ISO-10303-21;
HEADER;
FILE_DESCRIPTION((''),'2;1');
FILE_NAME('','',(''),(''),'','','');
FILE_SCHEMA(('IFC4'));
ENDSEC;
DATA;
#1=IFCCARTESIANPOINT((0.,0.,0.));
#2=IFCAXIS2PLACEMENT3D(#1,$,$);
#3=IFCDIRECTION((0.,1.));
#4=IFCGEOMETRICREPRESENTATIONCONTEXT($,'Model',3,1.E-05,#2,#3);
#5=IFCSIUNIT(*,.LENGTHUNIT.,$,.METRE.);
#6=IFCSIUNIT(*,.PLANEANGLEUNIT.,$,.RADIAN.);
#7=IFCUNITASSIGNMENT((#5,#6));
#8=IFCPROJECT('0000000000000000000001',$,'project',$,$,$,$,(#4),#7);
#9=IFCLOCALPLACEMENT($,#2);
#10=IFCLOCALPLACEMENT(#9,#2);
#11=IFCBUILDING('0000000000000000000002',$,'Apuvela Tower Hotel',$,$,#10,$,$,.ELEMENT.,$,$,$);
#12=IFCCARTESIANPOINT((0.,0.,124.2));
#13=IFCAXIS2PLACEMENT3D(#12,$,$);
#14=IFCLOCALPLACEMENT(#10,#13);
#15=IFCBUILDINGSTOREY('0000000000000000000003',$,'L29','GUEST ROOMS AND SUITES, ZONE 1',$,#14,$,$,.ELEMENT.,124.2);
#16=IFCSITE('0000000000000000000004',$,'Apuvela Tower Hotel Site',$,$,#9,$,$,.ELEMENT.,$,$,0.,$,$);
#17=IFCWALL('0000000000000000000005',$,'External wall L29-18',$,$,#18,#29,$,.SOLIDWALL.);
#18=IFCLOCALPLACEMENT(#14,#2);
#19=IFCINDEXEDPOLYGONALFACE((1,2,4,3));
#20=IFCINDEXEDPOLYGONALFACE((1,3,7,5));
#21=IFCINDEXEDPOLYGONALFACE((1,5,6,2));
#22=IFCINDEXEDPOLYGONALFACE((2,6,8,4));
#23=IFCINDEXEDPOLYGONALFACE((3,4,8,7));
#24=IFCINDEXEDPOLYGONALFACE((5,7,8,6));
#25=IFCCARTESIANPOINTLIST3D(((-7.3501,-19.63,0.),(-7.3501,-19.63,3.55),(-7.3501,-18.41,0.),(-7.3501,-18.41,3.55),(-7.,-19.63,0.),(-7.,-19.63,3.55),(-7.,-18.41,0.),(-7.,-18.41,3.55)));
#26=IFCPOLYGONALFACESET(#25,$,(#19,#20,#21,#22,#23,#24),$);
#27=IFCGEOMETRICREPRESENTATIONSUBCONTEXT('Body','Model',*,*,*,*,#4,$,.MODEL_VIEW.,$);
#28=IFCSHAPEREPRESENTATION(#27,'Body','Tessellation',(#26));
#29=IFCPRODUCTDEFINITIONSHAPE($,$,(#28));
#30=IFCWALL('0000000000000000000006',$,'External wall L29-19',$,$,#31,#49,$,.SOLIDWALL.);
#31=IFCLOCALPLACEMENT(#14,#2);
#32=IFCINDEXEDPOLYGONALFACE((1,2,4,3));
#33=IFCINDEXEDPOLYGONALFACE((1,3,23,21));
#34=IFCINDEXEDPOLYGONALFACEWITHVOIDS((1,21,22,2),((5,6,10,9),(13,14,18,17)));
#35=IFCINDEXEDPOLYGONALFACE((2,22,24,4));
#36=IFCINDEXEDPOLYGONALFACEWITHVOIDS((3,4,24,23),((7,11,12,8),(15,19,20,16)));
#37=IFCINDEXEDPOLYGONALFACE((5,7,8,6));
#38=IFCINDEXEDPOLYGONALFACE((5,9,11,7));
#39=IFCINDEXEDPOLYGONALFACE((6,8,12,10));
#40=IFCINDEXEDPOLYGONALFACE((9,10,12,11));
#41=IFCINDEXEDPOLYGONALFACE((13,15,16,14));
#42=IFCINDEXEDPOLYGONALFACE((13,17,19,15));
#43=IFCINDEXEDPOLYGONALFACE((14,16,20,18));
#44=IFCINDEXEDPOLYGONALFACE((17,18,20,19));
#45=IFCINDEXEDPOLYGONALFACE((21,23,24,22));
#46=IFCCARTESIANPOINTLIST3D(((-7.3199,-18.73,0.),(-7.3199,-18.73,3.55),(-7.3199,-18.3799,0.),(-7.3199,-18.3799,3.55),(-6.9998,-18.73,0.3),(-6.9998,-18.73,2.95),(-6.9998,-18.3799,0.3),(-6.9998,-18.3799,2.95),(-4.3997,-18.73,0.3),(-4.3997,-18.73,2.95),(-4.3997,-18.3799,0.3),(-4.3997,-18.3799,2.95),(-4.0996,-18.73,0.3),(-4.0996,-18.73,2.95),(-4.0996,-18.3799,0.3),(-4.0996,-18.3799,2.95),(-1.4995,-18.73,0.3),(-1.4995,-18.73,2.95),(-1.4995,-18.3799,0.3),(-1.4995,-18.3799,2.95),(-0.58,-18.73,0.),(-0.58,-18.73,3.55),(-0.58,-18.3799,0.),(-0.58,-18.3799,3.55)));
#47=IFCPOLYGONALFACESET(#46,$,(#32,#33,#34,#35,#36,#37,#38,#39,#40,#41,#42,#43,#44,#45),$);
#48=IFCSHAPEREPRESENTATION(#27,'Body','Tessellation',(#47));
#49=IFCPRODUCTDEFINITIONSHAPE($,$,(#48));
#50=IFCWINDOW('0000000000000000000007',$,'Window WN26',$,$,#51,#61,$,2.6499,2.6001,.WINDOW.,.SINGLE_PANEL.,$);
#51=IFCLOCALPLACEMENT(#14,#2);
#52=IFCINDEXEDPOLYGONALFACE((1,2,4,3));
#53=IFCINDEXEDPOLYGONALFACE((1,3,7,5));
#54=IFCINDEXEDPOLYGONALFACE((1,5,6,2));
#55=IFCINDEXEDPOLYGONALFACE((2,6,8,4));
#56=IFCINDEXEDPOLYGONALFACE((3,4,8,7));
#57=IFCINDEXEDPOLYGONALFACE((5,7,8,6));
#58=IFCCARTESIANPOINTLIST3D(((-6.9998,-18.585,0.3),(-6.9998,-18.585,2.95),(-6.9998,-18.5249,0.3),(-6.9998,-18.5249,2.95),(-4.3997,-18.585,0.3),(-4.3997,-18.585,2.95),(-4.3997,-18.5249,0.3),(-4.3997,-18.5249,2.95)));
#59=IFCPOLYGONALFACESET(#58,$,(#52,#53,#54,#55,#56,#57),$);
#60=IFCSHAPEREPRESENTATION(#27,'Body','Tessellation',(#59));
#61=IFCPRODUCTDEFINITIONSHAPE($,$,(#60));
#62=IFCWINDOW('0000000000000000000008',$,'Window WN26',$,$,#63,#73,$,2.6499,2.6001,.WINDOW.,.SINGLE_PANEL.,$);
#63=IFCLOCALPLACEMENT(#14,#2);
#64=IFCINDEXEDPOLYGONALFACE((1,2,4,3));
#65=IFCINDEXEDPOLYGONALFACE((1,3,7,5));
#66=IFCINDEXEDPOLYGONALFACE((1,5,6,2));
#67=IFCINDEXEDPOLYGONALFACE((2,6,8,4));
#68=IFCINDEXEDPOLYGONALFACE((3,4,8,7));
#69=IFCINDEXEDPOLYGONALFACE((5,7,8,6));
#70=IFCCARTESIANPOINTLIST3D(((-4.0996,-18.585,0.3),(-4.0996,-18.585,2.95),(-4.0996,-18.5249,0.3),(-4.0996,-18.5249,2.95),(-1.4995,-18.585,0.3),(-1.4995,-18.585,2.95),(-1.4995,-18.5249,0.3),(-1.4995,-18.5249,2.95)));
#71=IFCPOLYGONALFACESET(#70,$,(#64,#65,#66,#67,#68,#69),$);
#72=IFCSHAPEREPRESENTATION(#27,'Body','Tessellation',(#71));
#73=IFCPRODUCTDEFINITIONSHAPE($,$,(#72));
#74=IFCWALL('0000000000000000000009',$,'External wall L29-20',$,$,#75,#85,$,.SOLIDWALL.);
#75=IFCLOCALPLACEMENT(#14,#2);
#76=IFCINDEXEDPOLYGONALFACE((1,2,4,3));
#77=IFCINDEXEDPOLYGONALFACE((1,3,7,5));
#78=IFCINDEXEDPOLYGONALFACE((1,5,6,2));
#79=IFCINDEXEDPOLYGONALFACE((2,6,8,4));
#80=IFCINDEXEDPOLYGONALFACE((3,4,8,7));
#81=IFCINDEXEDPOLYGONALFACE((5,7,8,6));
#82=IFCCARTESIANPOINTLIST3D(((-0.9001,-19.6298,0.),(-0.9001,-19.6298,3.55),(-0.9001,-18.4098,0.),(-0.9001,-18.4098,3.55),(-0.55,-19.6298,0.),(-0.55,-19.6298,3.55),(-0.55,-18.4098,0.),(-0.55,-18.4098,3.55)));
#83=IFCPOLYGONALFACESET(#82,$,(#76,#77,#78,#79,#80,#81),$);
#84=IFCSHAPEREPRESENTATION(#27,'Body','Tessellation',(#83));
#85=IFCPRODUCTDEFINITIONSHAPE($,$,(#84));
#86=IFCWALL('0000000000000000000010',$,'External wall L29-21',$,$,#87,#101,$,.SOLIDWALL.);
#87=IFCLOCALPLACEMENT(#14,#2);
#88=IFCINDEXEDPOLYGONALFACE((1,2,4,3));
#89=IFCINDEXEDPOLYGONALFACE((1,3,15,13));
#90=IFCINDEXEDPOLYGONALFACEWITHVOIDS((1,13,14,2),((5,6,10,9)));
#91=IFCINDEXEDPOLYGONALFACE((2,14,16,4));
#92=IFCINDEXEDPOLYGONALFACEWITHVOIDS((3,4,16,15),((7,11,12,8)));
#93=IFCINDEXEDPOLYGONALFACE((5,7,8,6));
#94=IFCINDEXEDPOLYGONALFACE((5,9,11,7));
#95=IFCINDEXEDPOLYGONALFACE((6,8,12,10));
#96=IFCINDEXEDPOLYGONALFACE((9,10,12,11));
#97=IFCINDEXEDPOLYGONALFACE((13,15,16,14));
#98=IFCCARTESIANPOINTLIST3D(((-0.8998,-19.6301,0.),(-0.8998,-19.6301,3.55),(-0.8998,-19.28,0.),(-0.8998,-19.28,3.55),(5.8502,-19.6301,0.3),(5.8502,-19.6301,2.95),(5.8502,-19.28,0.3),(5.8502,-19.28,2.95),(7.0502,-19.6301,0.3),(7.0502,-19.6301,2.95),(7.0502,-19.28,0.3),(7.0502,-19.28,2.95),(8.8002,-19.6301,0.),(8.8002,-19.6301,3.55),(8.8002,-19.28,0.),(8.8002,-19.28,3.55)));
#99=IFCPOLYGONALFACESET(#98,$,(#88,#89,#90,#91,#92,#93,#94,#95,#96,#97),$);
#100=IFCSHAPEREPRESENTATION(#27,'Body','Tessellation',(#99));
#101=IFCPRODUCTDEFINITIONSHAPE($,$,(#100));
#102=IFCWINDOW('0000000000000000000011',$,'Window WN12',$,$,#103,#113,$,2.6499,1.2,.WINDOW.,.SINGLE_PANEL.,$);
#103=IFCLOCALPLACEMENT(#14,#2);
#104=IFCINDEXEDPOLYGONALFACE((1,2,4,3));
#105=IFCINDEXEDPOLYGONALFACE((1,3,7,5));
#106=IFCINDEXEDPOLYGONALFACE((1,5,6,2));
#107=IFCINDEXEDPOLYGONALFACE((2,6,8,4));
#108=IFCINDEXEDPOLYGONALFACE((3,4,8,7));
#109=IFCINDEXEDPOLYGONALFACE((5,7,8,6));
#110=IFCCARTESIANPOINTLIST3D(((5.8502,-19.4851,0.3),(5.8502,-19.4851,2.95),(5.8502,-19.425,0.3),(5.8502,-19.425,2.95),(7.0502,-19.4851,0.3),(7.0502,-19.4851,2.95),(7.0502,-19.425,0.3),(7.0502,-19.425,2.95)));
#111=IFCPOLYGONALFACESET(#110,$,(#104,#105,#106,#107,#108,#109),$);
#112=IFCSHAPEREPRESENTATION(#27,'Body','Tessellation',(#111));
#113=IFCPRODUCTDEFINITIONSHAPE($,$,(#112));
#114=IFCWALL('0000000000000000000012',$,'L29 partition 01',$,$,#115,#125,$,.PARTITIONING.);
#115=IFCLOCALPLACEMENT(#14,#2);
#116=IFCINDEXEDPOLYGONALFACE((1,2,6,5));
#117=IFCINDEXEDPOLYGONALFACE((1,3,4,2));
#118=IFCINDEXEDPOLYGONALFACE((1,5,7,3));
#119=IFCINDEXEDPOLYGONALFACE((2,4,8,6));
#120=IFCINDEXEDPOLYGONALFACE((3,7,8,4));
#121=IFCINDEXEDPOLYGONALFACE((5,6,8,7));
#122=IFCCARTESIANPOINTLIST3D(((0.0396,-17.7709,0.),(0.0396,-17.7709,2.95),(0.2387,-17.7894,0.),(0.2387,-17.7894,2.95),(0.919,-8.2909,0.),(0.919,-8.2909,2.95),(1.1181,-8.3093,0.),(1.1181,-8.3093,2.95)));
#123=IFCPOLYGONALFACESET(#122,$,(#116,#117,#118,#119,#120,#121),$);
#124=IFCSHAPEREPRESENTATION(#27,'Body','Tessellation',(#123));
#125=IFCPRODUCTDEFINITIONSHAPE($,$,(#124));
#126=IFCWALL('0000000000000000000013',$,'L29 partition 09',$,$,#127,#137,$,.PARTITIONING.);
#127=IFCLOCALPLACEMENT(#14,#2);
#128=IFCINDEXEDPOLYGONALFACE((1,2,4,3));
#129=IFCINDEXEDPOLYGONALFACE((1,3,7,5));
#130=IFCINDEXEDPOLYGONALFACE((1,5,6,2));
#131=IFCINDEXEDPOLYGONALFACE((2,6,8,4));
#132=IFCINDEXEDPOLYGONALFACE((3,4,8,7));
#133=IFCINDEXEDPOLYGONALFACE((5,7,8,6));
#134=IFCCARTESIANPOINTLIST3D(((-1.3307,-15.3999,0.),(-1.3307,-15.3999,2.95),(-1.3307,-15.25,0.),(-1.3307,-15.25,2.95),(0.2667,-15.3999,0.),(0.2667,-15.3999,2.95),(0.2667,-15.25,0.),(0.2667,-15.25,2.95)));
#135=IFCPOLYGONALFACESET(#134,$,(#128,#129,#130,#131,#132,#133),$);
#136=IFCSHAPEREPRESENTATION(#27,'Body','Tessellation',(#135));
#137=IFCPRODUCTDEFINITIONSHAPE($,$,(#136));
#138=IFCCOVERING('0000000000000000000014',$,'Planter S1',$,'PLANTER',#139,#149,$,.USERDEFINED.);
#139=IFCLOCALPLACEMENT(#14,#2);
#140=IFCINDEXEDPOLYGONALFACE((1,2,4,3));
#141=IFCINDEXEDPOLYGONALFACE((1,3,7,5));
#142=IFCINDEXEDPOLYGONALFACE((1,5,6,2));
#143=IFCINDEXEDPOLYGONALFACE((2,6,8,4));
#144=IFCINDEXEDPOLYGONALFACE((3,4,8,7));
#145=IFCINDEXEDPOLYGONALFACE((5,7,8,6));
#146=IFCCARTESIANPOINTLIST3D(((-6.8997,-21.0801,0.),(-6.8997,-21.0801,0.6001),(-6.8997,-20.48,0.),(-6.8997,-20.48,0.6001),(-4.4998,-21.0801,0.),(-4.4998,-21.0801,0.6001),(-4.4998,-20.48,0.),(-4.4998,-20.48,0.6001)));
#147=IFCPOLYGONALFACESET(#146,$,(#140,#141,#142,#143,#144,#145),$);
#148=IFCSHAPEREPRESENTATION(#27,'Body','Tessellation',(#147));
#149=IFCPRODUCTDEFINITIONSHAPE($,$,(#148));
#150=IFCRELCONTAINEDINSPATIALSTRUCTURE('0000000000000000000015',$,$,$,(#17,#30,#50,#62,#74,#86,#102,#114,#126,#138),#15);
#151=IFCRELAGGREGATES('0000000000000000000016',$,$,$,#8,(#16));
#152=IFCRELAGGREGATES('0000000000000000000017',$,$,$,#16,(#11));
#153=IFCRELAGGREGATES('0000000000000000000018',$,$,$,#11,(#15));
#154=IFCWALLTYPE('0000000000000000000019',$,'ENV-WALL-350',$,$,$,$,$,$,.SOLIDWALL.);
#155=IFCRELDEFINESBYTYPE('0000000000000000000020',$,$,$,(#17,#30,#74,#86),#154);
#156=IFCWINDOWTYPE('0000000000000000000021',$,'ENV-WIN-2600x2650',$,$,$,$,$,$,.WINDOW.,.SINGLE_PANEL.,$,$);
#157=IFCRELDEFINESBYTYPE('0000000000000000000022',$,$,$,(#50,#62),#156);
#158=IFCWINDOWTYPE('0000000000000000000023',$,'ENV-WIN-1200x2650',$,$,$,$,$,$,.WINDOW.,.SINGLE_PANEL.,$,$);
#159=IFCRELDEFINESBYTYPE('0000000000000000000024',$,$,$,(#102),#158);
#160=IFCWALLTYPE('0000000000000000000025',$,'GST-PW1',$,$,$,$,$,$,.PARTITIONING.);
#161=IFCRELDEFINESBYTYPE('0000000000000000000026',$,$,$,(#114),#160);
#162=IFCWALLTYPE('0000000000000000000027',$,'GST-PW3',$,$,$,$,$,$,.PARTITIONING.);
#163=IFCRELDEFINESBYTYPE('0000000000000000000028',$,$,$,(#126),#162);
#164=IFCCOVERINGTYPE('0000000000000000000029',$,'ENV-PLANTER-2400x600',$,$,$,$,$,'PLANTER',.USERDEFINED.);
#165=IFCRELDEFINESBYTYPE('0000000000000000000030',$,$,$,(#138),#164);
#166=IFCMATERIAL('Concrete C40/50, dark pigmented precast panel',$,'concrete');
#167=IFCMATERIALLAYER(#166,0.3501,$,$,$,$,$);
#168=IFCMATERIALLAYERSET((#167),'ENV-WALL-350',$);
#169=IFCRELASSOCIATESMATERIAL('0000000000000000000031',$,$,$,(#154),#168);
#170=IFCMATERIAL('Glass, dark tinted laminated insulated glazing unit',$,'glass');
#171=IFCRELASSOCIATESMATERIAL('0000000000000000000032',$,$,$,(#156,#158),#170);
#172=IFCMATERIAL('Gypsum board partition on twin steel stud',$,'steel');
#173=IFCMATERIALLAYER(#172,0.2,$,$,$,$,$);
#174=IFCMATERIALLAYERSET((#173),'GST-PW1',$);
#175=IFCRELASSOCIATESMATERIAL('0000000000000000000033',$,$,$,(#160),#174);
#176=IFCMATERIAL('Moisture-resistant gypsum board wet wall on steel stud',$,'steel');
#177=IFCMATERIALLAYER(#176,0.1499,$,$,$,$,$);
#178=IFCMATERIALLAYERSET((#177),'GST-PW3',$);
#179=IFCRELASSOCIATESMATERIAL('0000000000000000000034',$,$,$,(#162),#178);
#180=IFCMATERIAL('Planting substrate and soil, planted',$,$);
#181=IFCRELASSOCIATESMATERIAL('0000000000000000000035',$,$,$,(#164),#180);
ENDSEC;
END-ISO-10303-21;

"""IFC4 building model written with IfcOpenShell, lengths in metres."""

from ifc_helpers import new_model, si_unit, direction, frame, frame_2d, origin, origin_2d, place, context, subcontext, project, spatial, rectangle, extrude, material, layer, layer_set, type_object, element, fill, save


model = new_model("IFC4")

# Units and contexts
model_context = context("Model", 3, precision=1e-05, world=origin(), true_north=direction((0.0, 1.0)))
body_context = subcontext(model_context, "Body", "Model", "MODEL_VIEW")
ifc_project = project(units=[si_unit("LENGTHUNIT", "METRE"), si_unit("PLANEANGLEUNIT", "RADIAN")], contexts=[model_context])

# Site, building, storey
site_placement = place(None, origin())
site = spatial("IfcSite", under=ifc_project, at=site_placement, Name="Apuvela Tower Hotel Site", CompositionType="ELEMENT", RefElevation=0.0)
building_placement = place(site_placement, origin())
building = spatial("IfcBuilding", under=site, at=building_placement, Name="Apuvela Tower Hotel", CompositionType="ELEMENT")
storey_placement = place(building_placement, frame((0.0, 0.0, 124.2)))
storey = spatial("IfcBuildingStorey", under=building, at=storey_placement, Name="L29", Description="GUEST ROOMS AND SUITES, ZONE 1", CompositionType="ELEMENT", Elevation=124.2)

# Wall
ifc_material_1 = material(Name="Concrete C40/50, dark pigmented precast panel", Category="concrete")
ifc_layer_1 = layer(ifc_material_1, 0.3501)
ifc_layer_set_1 = layer_set([ifc_layer_1], Name="ENV-WALL-350")
wall_type_1 = type_object("IfcWallType", Name="ENV-WALL-350", PredefinedType="SOLIDWALL", material=ifc_layer_set_1)
wall_1_placement = place(storey_placement, frame((-7.175, -19.6299, 0.0), z_axis=(0.0, 0.0, 1.0), x_axis=(0.0, 1.0, 0.0)))
element("IfcWall", 1, at=wall_1_placement, inside=storey, type_object=wall_type_1, Name="External wall L29-18", PredefinedType="SOLIDWALL", context=body_context, shape_type="SweptSolid", body=[
    extrude(rectangle(XDim=1.22, YDim=0.3501, at=frame_2d((0.6099, 0.0))), origin(), (0.0, 0.0, 1.0), 3.55),
])

# Wall, openings, windows
wall_2_placement = place(storey_placement, frame((-7.3201, -18.5549, 0.0), z_axis=(0.0, 0.0, 1.0), x_axis=(1.0, 0.0, 0.0)))
wall_2 = element("IfcWall", 2, at=wall_2_placement, inside=storey, type_object=wall_type_1, Name="External wall L29-19", PredefinedType="SOLIDWALL", context=body_context, shape_type="SweptSolid", body=[
    extrude(rectangle(XDim=6.74, YDim=0.3501, at=frame_2d((3.3701, 0.0))), origin(), (0.0, 0.0, 1.0), 3.55),
])
opening_1_placement = place(wall_2_placement, frame((0.3203, 0.0, 0.3)))
opening_1 = element("IfcOpeningElement", 3, at=opening_1_placement, cuts=wall_2, PredefinedType="OPENING", context=body_context, shape_type="SweptSolid", body=[
    extrude(rectangle(XDim=2.6001, YDim=2.6499, at=frame_2d((1.3, 1.325))), frame((0.0, 0.1851, 0.0), z_axis=(0.0, -1.0, 0.0), x_axis=(1.0, 0.0, 0.0)), (0.0, 0.0, 1.0), 0.3701),
])
opening_2_placement = place(wall_2_placement, frame((3.2205, 0.0, 0.3)))
opening_2 = element("IfcOpeningElement", 4, at=opening_2_placement, cuts=wall_2, PredefinedType="OPENING", context=body_context, shape_type="SweptSolid", body=[
    extrude(rectangle(XDim=2.6001, YDim=2.6499, at=frame_2d((1.3, 1.325))), frame((0.0, 0.1851, 0.0), z_axis=(0.0, -1.0, 0.0), x_axis=(1.0, 0.0, 0.0)), (0.0, 0.0, 1.0), 0.3701),
])
ifc_material_2 = material(Name="Glass, dark tinted laminated insulated glazing unit", Category="glass")
window_type_1 = type_object("IfcWindowType", Name="ENV-WIN-2600x2650", PartitioningType="SINGLE_PANEL", PredefinedType="WINDOW", material=ifc_material_2)
window_1_placement = place(opening_1_placement, origin())
window_1 = element("IfcWindow", 5, at=window_1_placement, inside=storey, type_object=window_type_1, Name="Window WN26", OverallHeight=2.6499, OverallWidth=2.6001, PartitioningType="SINGLE_PANEL", PredefinedType="WINDOW", context=body_context, shape_type="SweptSolid", body=[
    extrude(rectangle(XDim=2.6001, YDim=2.6499, at=frame_2d((1.3, 1.325))), frame((0.0, 0.03, 0.0), z_axis=(0.0, -1.0, 0.0), x_axis=(1.0, 0.0, 0.0)), (0.0, 0.0, 1.0), 0.0601),
])
fill(opening_1, window_1)
window_2_placement = place(opening_2_placement, origin())
window_2 = element("IfcWindow", 6, at=window_2_placement, inside=storey, type_object=window_type_1, Name="Window WN26", OverallHeight=2.6499, OverallWidth=2.6001, PartitioningType="SINGLE_PANEL", PredefinedType="WINDOW", context=body_context, shape_type="SweptSolid", body=[
    extrude(rectangle(XDim=2.6001, YDim=2.6499, at=frame_2d((1.3, 1.325))), frame((0.0, 0.03, 0.0), z_axis=(0.0, -1.0, 0.0), x_axis=(1.0, 0.0, 0.0)), (0.0, 0.0, 1.0), 0.0601),
])
fill(opening_2, window_2)

# Wall
wall_3_placement = place(storey_placement, frame((-0.7251, -18.4099, 0.0), z_axis=(0.0, 0.0, 1.0), x_axis=(0.0, -1.0, 0.0)))
element("IfcWall", 7, at=wall_3_placement, inside=storey, type_object=wall_type_1, Name="External wall L29-20", PredefinedType="SOLIDWALL", context=body_context, shape_type="SweptSolid", body=[
    extrude(rectangle(XDim=1.22, YDim=0.3501, at=frame_2d((0.6099, 0.0))), origin(), (0.0, 0.0, 1.0), 3.55),
])

# Wall, opening, window
wall_4_placement = place(storey_placement, frame((-0.8999, -19.4551, 0.0), z_axis=(0.0, 0.0, 1.0), x_axis=(1.0, 0.0, 0.0)))
wall_4 = element("IfcWall", 8, at=wall_4_placement, inside=storey, type_object=wall_type_1, Name="External wall L29-21", PredefinedType="SOLIDWALL", context=body_context, shape_type="SweptSolid", body=[
    extrude(rectangle(XDim=9.7, YDim=0.3501, at=frame_2d((4.8501, 0.0))), origin(), (0.0, 0.0, 1.0), 3.55),
])
opening_3_placement = place(wall_4_placement, frame((6.75, 0.0, 0.3)))
opening_3 = element("IfcOpeningElement", 9, at=opening_3_placement, cuts=wall_4, PredefinedType="OPENING", context=body_context, shape_type="SweptSolid", body=[
    extrude(rectangle(XDim=1.2, YDim=2.6499, at=frame_2d((0.6001, 1.325))), frame((0.0, 0.1851, 0.0), z_axis=(0.0, -1.0, 0.0), x_axis=(1.0, 0.0, 0.0)), (0.0, 0.0, 1.0), 0.3701),
])
window_type_2 = type_object("IfcWindowType", Name="ENV-WIN-1200x2650", PartitioningType="SINGLE_PANEL", PredefinedType="WINDOW", material=ifc_material_2)
window_3_placement = place(opening_3_placement, origin())
window_3 = element("IfcWindow", 10, at=window_3_placement, inside=storey, type_object=window_type_2, Name="Window WN12", OverallHeight=2.6499, OverallWidth=1.2, PartitioningType="SINGLE_PANEL", PredefinedType="WINDOW", context=body_context, shape_type="SweptSolid", body=[
    extrude(rectangle(XDim=1.2, YDim=2.6499, at=frame_2d((0.6001, 1.325))), frame((0.0, 0.03, 0.0), z_axis=(0.0, -1.0, 0.0), x_axis=(1.0, 0.0, 0.0)), (0.0, 0.0, 1.0), 0.0601),
])
fill(opening_3, window_3)

# Walls
ifc_material_3 = material(Name="Gypsum board partition on twin steel stud", Category="steel")
ifc_layer_2 = layer(ifc_material_3, 0.2)
ifc_layer_set_2 = layer_set([ifc_layer_2], Name="GST-PW1")
wall_type_2 = type_object("IfcWallType", Name="GST-PW1", PredefinedType="PARTITIONING", material=ifc_layer_set_2)
wall_5_placement = place(storey_placement, frame((0.1392, -17.78, 0.0), z_axis=(0.0, 0.0, 1.0), x_axis=(0.092367, 0.995725, 0.0)))
element("IfcWall", 11, at=wall_5_placement, inside=storey, type_object=wall_type_2, Name="L29 partition 01", PredefinedType="PARTITIONING", context=body_context, shape_type="SweptSolid", body=[
    extrude(rectangle(XDim=9.5208, YDim=0.2, at=frame_2d((4.7603, 0.0))), origin(), (0.0, 0.0, 1.0), 2.95),
])
ifc_material_4 = material(Name="Moisture-resistant gypsum board wet wall on steel stud", Category="steel")
ifc_layer_3 = layer(ifc_material_4, 0.1499)
ifc_layer_set_3 = layer_set([ifc_layer_3], Name="GST-PW3")
wall_type_3 = type_object("IfcWallType", Name="GST-PW3", PredefinedType="PARTITIONING", material=ifc_layer_set_3)
wall_6_placement = place(storey_placement, frame((-1.3308, -15.325, 0.0), z_axis=(0.0, 0.0, 1.0), x_axis=(1.0, 0.0, 0.0)))
element("IfcWall", 12, at=wall_6_placement, inside=storey, type_object=wall_type_3, Name="L29 partition 09", PredefinedType="PARTITIONING", context=body_context, shape_type="SweptSolid", body=[
    extrude(rectangle(XDim=1.5974, YDim=0.1499, at=frame_2d((0.7988, 0.0))), origin(), (0.0, 0.0, 1.0), 2.95),
])

# Covering
ifc_material_5 = material(Name="Planting substrate and soil, planted")
covering_type = type_object("IfcCoveringType", Name="ENV-PLANTER-2400x600", ElementType="PLANTER", PredefinedType="USERDEFINED", material=ifc_material_5)
covering_placement = place(storey_placement, frame((-5.6997, -20.78, 0.0), z_axis=(0.0, 0.0, 1.0), x_axis=(1.0, 0.0, 0.0)))
element("IfcCovering", 13, at=covering_placement, inside=storey, type_object=covering_type, Name="Planter S1", ObjectType="PLANTER", PredefinedType="USERDEFINED", context=body_context, shape_type="SweptSolid", body=[
    extrude(rectangle(XDim=2.3999, YDim=0.6001, at=origin_2d()), origin(), (0.0, 0.0, 1.0), 0.6001),
])

save(model, "model.ifc")
